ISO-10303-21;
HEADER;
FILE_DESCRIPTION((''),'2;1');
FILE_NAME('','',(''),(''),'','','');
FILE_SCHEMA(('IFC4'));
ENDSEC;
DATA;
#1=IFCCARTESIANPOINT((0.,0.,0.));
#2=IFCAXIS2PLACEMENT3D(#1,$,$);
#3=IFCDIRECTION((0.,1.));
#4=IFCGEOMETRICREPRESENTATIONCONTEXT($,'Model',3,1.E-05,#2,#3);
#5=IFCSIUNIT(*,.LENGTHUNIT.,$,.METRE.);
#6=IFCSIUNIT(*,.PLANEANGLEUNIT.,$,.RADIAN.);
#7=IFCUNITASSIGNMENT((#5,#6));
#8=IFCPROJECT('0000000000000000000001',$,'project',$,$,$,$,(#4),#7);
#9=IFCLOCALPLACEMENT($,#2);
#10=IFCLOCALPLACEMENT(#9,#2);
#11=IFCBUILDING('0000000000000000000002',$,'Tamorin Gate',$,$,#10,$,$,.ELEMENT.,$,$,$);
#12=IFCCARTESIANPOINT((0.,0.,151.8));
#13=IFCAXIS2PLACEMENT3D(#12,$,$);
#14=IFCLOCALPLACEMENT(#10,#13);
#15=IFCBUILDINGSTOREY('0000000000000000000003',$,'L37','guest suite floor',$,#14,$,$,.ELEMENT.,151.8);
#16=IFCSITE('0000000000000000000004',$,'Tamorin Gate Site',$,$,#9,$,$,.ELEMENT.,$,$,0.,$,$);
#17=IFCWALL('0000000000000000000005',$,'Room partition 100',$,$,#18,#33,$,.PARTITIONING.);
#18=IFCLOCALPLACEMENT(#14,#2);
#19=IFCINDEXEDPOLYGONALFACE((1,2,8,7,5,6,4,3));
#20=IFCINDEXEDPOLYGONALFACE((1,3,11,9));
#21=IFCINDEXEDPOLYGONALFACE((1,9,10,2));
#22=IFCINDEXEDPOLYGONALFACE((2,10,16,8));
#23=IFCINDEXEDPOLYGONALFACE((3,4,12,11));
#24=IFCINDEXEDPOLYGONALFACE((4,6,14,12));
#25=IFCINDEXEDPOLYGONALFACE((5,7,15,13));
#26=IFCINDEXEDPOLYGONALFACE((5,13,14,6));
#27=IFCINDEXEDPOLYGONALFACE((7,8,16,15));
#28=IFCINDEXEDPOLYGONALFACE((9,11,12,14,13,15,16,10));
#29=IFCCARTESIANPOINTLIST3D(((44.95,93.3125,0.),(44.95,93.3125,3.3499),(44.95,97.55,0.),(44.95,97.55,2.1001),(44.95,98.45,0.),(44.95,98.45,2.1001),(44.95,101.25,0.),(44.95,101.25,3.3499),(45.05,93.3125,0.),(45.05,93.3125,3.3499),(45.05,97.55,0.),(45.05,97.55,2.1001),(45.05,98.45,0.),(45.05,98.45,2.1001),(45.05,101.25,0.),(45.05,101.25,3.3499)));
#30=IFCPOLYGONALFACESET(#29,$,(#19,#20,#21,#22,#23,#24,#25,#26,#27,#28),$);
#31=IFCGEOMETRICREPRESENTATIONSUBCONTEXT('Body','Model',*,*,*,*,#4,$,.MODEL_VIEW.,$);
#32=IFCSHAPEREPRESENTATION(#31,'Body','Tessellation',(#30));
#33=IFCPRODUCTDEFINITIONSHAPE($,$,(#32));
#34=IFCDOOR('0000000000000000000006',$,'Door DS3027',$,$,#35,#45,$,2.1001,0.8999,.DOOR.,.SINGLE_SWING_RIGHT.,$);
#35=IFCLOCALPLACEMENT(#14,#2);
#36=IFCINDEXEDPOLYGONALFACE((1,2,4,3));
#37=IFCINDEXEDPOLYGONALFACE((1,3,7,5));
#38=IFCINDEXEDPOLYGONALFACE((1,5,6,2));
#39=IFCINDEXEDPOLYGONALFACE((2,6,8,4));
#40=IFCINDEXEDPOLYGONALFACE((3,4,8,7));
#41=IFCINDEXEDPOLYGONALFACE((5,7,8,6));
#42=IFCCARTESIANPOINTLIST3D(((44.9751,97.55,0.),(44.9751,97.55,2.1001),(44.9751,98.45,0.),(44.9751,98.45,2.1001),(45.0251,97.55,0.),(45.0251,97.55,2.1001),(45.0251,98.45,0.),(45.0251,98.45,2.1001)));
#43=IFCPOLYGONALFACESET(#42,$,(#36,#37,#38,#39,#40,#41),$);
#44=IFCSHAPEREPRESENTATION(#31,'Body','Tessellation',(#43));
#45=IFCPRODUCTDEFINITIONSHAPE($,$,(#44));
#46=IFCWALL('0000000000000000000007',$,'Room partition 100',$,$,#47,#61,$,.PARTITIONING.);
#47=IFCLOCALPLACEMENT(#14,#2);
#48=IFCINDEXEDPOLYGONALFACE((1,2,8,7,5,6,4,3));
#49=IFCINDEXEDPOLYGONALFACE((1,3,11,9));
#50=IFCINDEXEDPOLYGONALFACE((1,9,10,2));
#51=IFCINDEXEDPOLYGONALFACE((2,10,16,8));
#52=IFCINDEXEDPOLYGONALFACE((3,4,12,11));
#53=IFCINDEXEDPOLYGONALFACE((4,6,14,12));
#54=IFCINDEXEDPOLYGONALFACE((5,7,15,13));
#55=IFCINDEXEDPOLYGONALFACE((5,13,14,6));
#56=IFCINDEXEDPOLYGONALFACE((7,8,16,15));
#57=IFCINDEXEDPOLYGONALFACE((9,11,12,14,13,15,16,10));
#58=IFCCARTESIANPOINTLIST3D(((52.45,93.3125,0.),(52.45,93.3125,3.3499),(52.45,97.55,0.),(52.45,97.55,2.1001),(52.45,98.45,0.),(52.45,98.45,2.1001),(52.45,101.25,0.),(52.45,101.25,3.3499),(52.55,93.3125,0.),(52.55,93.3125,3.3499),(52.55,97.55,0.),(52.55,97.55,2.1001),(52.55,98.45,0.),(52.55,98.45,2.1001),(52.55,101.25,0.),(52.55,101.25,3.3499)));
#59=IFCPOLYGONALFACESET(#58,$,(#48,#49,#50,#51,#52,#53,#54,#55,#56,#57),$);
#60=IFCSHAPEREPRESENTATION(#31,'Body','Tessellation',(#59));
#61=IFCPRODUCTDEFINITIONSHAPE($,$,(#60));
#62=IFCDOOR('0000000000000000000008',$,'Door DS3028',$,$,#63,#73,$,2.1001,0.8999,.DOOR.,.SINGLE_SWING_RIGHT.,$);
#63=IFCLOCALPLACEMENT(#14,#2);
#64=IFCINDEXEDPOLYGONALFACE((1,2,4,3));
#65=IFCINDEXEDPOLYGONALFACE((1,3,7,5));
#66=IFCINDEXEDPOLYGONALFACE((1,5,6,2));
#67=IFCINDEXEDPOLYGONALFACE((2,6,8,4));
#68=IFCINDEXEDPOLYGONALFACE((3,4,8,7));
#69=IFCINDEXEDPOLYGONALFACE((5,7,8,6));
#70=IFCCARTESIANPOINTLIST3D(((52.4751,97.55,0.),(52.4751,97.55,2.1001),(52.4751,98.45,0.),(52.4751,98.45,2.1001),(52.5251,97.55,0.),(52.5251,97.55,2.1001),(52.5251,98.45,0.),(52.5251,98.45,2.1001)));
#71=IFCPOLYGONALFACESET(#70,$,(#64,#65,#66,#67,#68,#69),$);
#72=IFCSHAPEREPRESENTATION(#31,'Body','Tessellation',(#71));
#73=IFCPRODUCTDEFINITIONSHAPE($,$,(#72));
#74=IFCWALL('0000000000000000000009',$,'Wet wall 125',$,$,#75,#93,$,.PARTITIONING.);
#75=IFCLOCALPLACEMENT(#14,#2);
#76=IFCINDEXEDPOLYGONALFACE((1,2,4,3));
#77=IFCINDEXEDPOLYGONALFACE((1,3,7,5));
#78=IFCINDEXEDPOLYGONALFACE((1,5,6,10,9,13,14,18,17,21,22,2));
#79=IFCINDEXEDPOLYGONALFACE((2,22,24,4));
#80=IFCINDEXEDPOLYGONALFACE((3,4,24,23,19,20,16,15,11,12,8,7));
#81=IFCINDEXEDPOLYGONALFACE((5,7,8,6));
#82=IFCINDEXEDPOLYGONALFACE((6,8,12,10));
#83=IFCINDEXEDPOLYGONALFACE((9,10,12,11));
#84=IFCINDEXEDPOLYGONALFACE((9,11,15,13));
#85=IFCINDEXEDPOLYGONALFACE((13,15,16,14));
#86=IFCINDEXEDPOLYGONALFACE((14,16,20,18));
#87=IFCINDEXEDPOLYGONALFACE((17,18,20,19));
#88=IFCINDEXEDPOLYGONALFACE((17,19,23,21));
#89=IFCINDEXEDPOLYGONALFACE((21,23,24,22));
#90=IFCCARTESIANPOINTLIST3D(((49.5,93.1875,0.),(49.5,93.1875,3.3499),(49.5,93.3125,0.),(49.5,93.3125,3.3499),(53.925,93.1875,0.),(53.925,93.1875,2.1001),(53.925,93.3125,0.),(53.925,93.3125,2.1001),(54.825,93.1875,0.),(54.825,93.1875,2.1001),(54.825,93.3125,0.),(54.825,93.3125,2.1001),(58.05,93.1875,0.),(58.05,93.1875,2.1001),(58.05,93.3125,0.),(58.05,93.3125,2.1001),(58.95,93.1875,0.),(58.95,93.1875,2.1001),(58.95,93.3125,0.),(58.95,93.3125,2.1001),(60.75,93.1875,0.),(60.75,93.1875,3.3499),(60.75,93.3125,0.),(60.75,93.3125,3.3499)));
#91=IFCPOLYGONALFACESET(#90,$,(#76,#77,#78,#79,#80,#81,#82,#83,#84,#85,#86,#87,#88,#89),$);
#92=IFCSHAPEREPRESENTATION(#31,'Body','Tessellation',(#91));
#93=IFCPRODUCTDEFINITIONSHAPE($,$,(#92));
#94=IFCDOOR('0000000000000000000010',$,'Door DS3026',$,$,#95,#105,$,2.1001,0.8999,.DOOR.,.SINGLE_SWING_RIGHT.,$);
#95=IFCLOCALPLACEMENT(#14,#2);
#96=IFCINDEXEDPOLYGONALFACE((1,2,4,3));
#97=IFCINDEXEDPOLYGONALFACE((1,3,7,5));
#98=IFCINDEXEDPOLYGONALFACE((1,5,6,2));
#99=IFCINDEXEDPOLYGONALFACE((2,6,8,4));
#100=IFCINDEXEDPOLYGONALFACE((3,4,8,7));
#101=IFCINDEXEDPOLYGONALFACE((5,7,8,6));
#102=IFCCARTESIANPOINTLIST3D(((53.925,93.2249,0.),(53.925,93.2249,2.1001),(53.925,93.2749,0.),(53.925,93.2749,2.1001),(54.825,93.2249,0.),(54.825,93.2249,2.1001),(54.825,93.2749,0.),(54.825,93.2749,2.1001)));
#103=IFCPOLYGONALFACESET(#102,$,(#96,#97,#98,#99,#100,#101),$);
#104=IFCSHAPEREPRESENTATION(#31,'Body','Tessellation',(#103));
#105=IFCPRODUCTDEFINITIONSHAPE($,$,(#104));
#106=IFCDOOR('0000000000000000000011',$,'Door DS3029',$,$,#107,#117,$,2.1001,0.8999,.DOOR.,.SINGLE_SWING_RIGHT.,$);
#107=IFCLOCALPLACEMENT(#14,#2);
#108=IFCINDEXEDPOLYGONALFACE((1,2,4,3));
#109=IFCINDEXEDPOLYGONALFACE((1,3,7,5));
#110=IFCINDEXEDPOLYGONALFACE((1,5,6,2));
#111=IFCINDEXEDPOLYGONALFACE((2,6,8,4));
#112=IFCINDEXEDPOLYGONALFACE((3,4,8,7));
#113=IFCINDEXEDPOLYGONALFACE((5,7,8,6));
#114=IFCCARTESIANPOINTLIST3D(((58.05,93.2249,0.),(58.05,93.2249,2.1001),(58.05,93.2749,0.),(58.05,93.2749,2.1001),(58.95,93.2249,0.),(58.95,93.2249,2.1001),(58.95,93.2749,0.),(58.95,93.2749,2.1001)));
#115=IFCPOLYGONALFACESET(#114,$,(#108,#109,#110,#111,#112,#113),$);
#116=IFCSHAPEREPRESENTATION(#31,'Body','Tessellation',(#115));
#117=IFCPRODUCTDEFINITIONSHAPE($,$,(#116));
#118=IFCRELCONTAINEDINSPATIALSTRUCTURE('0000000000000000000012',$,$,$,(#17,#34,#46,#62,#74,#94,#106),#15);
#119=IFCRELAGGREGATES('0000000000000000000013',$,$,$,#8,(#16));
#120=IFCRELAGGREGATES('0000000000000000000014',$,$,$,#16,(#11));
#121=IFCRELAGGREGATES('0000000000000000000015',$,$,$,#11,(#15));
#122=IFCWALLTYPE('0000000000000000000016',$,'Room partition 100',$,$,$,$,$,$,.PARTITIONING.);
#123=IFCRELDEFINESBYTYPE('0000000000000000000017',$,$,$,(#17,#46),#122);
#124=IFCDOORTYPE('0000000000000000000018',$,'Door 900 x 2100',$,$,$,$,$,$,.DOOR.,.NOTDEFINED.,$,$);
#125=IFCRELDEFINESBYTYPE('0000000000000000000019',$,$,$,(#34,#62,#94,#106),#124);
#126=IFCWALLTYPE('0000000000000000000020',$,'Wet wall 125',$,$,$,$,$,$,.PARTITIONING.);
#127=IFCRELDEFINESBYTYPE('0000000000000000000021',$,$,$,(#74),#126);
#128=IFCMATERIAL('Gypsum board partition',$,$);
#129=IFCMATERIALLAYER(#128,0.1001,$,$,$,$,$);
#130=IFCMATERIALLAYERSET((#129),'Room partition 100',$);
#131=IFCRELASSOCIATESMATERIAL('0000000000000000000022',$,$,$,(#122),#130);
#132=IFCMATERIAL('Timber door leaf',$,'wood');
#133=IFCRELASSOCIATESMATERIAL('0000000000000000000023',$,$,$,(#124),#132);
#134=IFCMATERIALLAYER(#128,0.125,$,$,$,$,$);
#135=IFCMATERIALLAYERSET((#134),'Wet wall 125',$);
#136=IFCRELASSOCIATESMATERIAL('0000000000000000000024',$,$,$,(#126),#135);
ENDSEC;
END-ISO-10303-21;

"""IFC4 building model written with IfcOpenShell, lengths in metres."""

from ifc_helpers import new_model, si_unit, direction, frame, frame_2d, origin, place, context, subcontext, project, spatial, rectangle, extrude, material, layer, layer_set, type_object, element, fill, save


model = new_model("IFC4")

# Units and contexts
model_context = context("Model", 3, precision=1e-05, world=origin(), true_north=direction((0.0, 1.0)))
body_context = subcontext(model_context, "Body", "Model", "MODEL_VIEW")
ifc_project = project(units=[si_unit("LENGTHUNIT", "METRE"), si_unit("PLANEANGLEUNIT", "RADIAN")], contexts=[model_context])

# Site, building, storey
site_placement = place(None, origin())
site = spatial("IfcSite", under=ifc_project, at=site_placement, Name="Tamorin Gate Site", CompositionType="ELEMENT", RefElevation=0.0)
building_placement = place(site_placement, origin())
building = spatial("IfcBuilding", under=site, at=building_placement, Name="Tamorin Gate", CompositionType="ELEMENT")
storey_placement = place(building_placement, frame((0.0, 0.0, 151.8)))
storey = spatial("IfcBuildingStorey", under=building, at=storey_placement, Name="L37", Description="guest suite floor", CompositionType="ELEMENT", Elevation=151.8)

# Walls, openings, doors
ifc_material_1 = material(Name="Gypsum board partition")
ifc_layer_1 = layer(ifc_material_1, 0.1001)
ifc_layer_set_1 = layer_set([ifc_layer_1], Name="Room partition 100")
wall_type_1 = type_object("IfcWallType", Name="Room partition 100", PredefinedType="PARTITIONING", material=ifc_layer_set_1)
wall_1_placement = place(storey_placement, frame((45.0, 93.3125, 0.0), z_axis=(0.0, 0.0, 1.0), x_axis=(0.0, 1.0, 0.0)))
wall_1 = element("IfcWall", 1, at=wall_1_placement, inside=storey, type_object=wall_type_1, Name="Room partition 100", PredefinedType="PARTITIONING", context=body_context, shape_type="SweptSolid", body=[
    extrude(rectangle(XDim=7.9375, YDim=0.1001, at=frame_2d((3.9688, 0.0))), origin(), (0.0, 0.0, 1.0), 3.3499),
])
opening_1_placement = place(wall_1_placement, frame((4.2375, 0.0, 0.0)))
opening_1 = element("IfcOpeningElement", 2, at=opening_1_placement, cuts=wall_1, PredefinedType="OPENING", context=body_context, shape_type="SweptSolid", body=[
    extrude(rectangle(XDim=0.8999, YDim=2.1001, at=frame_2d((0.45, 1.05))), frame((0.0, 0.0601, 0.0), z_axis=(0.0, -1.0, 0.0), x_axis=(1.0, 0.0, 0.0)), (0.0, 0.0, 1.0), 0.1201),
])
ifc_material_2 = material(Name="Timber door leaf", Category="wood")
door_type = type_object("IfcDoorType", Name="Door 900 x 2100", OperationType="NOTDEFINED", PredefinedType="DOOR", material=ifc_material_2)
door_1_placement = place(opening_1_placement, origin())
door_1 = element("IfcDoor", 3, at=door_1_placement, inside=storey, type_object=door_type, Name="Door DS3027", OperationType="SINGLE_SWING_RIGHT", OverallHeight=2.1001, OverallWidth=0.8999, PredefinedType="DOOR", context=body_context, shape_type="SweptSolid", body=[
    extrude(rectangle(XDim=0.8999, YDim=2.1001, at=frame_2d((0.45, 1.05))), frame((0.0, 0.0249, 0.0), z_axis=(0.0, -1.0, 0.0), x_axis=(1.0, 0.0, 0.0)), (0.0, 0.0, 1.0), 0.05),
])
fill(opening_1, door_1)
wall_2_placement = place(storey_placement, frame((52.5, 93.3125, 0.0), z_axis=(0.0, 0.0, 1.0), x_axis=(0.0, 1.0, 0.0)))
wall_2 = element("IfcWall", 4, at=wall_2_placement, inside=storey, type_object=wall_type_1, Name="Room partition 100", PredefinedType="PARTITIONING", context=body_context, shape_type="SweptSolid", body=[
    extrude(rectangle(XDim=7.9375, YDim=0.1001, at=frame_2d((3.9688, 0.0))), origin(), (0.0, 0.0, 1.0), 3.3499),
])
opening_2_placement = place(wall_2_placement, frame((4.2375, 0.0, 0.0)))
opening_2 = element("IfcOpeningElement", 5, at=opening_2_placement, cuts=wall_2, PredefinedType="OPENING", context=body_context, shape_type="SweptSolid", body=[
    extrude(rectangle(XDim=0.8999, YDim=2.1001, at=frame_2d((0.45, 1.05))), frame((0.0, 0.0601, 0.0), z_axis=(0.0, -1.0, 0.0), x_axis=(1.0, 0.0, 0.0)), (0.0, 0.0, 1.0), 0.1201),
])
door_2_placement = place(opening_2_placement, origin())
door_2 = element("IfcDoor", 6, at=door_2_placement, inside=storey, type_object=door_type, Name="Door DS3028", OperationType="SINGLE_SWING_RIGHT", OverallHeight=2.1001, OverallWidth=0.8999, PredefinedType="DOOR", context=body_context, shape_type="SweptSolid", body=[
    extrude(rectangle(XDim=0.8999, YDim=2.1001, at=frame_2d((0.45, 1.05))), frame((0.0, 0.0249, 0.0), z_axis=(0.0, -1.0, 0.0), x_axis=(1.0, 0.0, 0.0)), (0.0, 0.0, 1.0), 0.05),
])
fill(opening_2, door_2)

# Wall, openings, doors
ifc_layer_2 = layer(ifc_material_1, 0.125)
ifc_layer_set_2 = layer_set([ifc_layer_2], Name="Wet wall 125")
wall_type_2 = type_object("IfcWallType", Name="Wet wall 125", PredefinedType="PARTITIONING", material=ifc_layer_set_2)
wall_3_placement = place(storey_placement, frame((49.5, 93.25, 0.0), z_axis=(0.0, 0.0, 1.0), x_axis=(1.0, 0.0, 0.0)))
wall_3 = element("IfcWall", 7, at=wall_3_placement, inside=storey, type_object=wall_type_2, Name="Wet wall 125", PredefinedType="PARTITIONING", context=body_context, shape_type="SweptSolid", body=[
    extrude(rectangle(XDim=11.25, YDim=0.125, at=frame_2d((5.625, 0.0))), origin(), (0.0, 0.0, 1.0), 3.3499),
])
opening_3_placement = place(wall_3_placement, frame((4.425, 0.0, 0.0)))
opening_3 = element("IfcOpeningElement", 8, at=opening_3_placement, cuts=wall_3, PredefinedType="OPENING", context=body_context, shape_type="SweptSolid", body=[
    extrude(rectangle(XDim=0.8999, YDim=2.1001, at=frame_2d((0.45, 1.05))), frame((0.0, 0.0725, 0.0), z_axis=(0.0, -1.0, 0.0), x_axis=(1.0, 0.0, 0.0)), (0.0, 0.0, 1.0), 0.145),
])
opening_4_placement = place(wall_3_placement, frame((8.55, 0.0, 0.0)))
opening_4 = element("IfcOpeningElement", 9, at=opening_4_placement, cuts=wall_3, PredefinedType="OPENING", context=body_context, shape_type="SweptSolid", body=[
    extrude(rectangle(XDim=0.8999, YDim=2.1001, at=frame_2d((0.45, 1.05))), frame((0.0, 0.0725, 0.0), z_axis=(0.0, -1.0, 0.0), x_axis=(1.0, 0.0, 0.0)), (0.0, 0.0, 1.0), 0.145),
])
door_3_placement = place(opening_3_placement, origin())
door_3 = element("IfcDoor", 10, at=door_3_placement, inside=storey, type_object=door_type, Name="Door DS3026", OperationType="SINGLE_SWING_RIGHT", OverallHeight=2.1001, OverallWidth=0.8999, PredefinedType="DOOR", context=body_context, shape_type="SweptSolid", body=[
    extrude(rectangle(XDim=0.8999, YDim=2.1001, at=frame_2d((0.45, 1.05))), frame((0.0, 0.0249, 0.0), z_axis=(0.0, -1.0, 0.0), x_axis=(1.0, 0.0, 0.0)), (0.0, 0.0, 1.0), 0.05),
])
fill(opening_3, door_3)
door_4_placement = place(opening_4_placement, origin())
door_4 = element("IfcDoor", 11, at=door_4_placement, inside=storey, type_object=door_type, Name="Door DS3029", OperationType="SINGLE_SWING_RIGHT", OverallHeight=2.1001, OverallWidth=0.8999, PredefinedType="DOOR", context=body_context, shape_type="SweptSolid", body=[
    extrude(rectangle(XDim=0.8999, YDim=2.1001, at=frame_2d((0.45, 1.05))), frame((0.0, 0.0249, 0.0), z_axis=(0.0, -1.0, 0.0), x_axis=(1.0, 0.0, 0.0)), (0.0, 0.0, 1.0), 0.05),
])
fill(opening_4, door_4)

save(model, "model.ifc")
